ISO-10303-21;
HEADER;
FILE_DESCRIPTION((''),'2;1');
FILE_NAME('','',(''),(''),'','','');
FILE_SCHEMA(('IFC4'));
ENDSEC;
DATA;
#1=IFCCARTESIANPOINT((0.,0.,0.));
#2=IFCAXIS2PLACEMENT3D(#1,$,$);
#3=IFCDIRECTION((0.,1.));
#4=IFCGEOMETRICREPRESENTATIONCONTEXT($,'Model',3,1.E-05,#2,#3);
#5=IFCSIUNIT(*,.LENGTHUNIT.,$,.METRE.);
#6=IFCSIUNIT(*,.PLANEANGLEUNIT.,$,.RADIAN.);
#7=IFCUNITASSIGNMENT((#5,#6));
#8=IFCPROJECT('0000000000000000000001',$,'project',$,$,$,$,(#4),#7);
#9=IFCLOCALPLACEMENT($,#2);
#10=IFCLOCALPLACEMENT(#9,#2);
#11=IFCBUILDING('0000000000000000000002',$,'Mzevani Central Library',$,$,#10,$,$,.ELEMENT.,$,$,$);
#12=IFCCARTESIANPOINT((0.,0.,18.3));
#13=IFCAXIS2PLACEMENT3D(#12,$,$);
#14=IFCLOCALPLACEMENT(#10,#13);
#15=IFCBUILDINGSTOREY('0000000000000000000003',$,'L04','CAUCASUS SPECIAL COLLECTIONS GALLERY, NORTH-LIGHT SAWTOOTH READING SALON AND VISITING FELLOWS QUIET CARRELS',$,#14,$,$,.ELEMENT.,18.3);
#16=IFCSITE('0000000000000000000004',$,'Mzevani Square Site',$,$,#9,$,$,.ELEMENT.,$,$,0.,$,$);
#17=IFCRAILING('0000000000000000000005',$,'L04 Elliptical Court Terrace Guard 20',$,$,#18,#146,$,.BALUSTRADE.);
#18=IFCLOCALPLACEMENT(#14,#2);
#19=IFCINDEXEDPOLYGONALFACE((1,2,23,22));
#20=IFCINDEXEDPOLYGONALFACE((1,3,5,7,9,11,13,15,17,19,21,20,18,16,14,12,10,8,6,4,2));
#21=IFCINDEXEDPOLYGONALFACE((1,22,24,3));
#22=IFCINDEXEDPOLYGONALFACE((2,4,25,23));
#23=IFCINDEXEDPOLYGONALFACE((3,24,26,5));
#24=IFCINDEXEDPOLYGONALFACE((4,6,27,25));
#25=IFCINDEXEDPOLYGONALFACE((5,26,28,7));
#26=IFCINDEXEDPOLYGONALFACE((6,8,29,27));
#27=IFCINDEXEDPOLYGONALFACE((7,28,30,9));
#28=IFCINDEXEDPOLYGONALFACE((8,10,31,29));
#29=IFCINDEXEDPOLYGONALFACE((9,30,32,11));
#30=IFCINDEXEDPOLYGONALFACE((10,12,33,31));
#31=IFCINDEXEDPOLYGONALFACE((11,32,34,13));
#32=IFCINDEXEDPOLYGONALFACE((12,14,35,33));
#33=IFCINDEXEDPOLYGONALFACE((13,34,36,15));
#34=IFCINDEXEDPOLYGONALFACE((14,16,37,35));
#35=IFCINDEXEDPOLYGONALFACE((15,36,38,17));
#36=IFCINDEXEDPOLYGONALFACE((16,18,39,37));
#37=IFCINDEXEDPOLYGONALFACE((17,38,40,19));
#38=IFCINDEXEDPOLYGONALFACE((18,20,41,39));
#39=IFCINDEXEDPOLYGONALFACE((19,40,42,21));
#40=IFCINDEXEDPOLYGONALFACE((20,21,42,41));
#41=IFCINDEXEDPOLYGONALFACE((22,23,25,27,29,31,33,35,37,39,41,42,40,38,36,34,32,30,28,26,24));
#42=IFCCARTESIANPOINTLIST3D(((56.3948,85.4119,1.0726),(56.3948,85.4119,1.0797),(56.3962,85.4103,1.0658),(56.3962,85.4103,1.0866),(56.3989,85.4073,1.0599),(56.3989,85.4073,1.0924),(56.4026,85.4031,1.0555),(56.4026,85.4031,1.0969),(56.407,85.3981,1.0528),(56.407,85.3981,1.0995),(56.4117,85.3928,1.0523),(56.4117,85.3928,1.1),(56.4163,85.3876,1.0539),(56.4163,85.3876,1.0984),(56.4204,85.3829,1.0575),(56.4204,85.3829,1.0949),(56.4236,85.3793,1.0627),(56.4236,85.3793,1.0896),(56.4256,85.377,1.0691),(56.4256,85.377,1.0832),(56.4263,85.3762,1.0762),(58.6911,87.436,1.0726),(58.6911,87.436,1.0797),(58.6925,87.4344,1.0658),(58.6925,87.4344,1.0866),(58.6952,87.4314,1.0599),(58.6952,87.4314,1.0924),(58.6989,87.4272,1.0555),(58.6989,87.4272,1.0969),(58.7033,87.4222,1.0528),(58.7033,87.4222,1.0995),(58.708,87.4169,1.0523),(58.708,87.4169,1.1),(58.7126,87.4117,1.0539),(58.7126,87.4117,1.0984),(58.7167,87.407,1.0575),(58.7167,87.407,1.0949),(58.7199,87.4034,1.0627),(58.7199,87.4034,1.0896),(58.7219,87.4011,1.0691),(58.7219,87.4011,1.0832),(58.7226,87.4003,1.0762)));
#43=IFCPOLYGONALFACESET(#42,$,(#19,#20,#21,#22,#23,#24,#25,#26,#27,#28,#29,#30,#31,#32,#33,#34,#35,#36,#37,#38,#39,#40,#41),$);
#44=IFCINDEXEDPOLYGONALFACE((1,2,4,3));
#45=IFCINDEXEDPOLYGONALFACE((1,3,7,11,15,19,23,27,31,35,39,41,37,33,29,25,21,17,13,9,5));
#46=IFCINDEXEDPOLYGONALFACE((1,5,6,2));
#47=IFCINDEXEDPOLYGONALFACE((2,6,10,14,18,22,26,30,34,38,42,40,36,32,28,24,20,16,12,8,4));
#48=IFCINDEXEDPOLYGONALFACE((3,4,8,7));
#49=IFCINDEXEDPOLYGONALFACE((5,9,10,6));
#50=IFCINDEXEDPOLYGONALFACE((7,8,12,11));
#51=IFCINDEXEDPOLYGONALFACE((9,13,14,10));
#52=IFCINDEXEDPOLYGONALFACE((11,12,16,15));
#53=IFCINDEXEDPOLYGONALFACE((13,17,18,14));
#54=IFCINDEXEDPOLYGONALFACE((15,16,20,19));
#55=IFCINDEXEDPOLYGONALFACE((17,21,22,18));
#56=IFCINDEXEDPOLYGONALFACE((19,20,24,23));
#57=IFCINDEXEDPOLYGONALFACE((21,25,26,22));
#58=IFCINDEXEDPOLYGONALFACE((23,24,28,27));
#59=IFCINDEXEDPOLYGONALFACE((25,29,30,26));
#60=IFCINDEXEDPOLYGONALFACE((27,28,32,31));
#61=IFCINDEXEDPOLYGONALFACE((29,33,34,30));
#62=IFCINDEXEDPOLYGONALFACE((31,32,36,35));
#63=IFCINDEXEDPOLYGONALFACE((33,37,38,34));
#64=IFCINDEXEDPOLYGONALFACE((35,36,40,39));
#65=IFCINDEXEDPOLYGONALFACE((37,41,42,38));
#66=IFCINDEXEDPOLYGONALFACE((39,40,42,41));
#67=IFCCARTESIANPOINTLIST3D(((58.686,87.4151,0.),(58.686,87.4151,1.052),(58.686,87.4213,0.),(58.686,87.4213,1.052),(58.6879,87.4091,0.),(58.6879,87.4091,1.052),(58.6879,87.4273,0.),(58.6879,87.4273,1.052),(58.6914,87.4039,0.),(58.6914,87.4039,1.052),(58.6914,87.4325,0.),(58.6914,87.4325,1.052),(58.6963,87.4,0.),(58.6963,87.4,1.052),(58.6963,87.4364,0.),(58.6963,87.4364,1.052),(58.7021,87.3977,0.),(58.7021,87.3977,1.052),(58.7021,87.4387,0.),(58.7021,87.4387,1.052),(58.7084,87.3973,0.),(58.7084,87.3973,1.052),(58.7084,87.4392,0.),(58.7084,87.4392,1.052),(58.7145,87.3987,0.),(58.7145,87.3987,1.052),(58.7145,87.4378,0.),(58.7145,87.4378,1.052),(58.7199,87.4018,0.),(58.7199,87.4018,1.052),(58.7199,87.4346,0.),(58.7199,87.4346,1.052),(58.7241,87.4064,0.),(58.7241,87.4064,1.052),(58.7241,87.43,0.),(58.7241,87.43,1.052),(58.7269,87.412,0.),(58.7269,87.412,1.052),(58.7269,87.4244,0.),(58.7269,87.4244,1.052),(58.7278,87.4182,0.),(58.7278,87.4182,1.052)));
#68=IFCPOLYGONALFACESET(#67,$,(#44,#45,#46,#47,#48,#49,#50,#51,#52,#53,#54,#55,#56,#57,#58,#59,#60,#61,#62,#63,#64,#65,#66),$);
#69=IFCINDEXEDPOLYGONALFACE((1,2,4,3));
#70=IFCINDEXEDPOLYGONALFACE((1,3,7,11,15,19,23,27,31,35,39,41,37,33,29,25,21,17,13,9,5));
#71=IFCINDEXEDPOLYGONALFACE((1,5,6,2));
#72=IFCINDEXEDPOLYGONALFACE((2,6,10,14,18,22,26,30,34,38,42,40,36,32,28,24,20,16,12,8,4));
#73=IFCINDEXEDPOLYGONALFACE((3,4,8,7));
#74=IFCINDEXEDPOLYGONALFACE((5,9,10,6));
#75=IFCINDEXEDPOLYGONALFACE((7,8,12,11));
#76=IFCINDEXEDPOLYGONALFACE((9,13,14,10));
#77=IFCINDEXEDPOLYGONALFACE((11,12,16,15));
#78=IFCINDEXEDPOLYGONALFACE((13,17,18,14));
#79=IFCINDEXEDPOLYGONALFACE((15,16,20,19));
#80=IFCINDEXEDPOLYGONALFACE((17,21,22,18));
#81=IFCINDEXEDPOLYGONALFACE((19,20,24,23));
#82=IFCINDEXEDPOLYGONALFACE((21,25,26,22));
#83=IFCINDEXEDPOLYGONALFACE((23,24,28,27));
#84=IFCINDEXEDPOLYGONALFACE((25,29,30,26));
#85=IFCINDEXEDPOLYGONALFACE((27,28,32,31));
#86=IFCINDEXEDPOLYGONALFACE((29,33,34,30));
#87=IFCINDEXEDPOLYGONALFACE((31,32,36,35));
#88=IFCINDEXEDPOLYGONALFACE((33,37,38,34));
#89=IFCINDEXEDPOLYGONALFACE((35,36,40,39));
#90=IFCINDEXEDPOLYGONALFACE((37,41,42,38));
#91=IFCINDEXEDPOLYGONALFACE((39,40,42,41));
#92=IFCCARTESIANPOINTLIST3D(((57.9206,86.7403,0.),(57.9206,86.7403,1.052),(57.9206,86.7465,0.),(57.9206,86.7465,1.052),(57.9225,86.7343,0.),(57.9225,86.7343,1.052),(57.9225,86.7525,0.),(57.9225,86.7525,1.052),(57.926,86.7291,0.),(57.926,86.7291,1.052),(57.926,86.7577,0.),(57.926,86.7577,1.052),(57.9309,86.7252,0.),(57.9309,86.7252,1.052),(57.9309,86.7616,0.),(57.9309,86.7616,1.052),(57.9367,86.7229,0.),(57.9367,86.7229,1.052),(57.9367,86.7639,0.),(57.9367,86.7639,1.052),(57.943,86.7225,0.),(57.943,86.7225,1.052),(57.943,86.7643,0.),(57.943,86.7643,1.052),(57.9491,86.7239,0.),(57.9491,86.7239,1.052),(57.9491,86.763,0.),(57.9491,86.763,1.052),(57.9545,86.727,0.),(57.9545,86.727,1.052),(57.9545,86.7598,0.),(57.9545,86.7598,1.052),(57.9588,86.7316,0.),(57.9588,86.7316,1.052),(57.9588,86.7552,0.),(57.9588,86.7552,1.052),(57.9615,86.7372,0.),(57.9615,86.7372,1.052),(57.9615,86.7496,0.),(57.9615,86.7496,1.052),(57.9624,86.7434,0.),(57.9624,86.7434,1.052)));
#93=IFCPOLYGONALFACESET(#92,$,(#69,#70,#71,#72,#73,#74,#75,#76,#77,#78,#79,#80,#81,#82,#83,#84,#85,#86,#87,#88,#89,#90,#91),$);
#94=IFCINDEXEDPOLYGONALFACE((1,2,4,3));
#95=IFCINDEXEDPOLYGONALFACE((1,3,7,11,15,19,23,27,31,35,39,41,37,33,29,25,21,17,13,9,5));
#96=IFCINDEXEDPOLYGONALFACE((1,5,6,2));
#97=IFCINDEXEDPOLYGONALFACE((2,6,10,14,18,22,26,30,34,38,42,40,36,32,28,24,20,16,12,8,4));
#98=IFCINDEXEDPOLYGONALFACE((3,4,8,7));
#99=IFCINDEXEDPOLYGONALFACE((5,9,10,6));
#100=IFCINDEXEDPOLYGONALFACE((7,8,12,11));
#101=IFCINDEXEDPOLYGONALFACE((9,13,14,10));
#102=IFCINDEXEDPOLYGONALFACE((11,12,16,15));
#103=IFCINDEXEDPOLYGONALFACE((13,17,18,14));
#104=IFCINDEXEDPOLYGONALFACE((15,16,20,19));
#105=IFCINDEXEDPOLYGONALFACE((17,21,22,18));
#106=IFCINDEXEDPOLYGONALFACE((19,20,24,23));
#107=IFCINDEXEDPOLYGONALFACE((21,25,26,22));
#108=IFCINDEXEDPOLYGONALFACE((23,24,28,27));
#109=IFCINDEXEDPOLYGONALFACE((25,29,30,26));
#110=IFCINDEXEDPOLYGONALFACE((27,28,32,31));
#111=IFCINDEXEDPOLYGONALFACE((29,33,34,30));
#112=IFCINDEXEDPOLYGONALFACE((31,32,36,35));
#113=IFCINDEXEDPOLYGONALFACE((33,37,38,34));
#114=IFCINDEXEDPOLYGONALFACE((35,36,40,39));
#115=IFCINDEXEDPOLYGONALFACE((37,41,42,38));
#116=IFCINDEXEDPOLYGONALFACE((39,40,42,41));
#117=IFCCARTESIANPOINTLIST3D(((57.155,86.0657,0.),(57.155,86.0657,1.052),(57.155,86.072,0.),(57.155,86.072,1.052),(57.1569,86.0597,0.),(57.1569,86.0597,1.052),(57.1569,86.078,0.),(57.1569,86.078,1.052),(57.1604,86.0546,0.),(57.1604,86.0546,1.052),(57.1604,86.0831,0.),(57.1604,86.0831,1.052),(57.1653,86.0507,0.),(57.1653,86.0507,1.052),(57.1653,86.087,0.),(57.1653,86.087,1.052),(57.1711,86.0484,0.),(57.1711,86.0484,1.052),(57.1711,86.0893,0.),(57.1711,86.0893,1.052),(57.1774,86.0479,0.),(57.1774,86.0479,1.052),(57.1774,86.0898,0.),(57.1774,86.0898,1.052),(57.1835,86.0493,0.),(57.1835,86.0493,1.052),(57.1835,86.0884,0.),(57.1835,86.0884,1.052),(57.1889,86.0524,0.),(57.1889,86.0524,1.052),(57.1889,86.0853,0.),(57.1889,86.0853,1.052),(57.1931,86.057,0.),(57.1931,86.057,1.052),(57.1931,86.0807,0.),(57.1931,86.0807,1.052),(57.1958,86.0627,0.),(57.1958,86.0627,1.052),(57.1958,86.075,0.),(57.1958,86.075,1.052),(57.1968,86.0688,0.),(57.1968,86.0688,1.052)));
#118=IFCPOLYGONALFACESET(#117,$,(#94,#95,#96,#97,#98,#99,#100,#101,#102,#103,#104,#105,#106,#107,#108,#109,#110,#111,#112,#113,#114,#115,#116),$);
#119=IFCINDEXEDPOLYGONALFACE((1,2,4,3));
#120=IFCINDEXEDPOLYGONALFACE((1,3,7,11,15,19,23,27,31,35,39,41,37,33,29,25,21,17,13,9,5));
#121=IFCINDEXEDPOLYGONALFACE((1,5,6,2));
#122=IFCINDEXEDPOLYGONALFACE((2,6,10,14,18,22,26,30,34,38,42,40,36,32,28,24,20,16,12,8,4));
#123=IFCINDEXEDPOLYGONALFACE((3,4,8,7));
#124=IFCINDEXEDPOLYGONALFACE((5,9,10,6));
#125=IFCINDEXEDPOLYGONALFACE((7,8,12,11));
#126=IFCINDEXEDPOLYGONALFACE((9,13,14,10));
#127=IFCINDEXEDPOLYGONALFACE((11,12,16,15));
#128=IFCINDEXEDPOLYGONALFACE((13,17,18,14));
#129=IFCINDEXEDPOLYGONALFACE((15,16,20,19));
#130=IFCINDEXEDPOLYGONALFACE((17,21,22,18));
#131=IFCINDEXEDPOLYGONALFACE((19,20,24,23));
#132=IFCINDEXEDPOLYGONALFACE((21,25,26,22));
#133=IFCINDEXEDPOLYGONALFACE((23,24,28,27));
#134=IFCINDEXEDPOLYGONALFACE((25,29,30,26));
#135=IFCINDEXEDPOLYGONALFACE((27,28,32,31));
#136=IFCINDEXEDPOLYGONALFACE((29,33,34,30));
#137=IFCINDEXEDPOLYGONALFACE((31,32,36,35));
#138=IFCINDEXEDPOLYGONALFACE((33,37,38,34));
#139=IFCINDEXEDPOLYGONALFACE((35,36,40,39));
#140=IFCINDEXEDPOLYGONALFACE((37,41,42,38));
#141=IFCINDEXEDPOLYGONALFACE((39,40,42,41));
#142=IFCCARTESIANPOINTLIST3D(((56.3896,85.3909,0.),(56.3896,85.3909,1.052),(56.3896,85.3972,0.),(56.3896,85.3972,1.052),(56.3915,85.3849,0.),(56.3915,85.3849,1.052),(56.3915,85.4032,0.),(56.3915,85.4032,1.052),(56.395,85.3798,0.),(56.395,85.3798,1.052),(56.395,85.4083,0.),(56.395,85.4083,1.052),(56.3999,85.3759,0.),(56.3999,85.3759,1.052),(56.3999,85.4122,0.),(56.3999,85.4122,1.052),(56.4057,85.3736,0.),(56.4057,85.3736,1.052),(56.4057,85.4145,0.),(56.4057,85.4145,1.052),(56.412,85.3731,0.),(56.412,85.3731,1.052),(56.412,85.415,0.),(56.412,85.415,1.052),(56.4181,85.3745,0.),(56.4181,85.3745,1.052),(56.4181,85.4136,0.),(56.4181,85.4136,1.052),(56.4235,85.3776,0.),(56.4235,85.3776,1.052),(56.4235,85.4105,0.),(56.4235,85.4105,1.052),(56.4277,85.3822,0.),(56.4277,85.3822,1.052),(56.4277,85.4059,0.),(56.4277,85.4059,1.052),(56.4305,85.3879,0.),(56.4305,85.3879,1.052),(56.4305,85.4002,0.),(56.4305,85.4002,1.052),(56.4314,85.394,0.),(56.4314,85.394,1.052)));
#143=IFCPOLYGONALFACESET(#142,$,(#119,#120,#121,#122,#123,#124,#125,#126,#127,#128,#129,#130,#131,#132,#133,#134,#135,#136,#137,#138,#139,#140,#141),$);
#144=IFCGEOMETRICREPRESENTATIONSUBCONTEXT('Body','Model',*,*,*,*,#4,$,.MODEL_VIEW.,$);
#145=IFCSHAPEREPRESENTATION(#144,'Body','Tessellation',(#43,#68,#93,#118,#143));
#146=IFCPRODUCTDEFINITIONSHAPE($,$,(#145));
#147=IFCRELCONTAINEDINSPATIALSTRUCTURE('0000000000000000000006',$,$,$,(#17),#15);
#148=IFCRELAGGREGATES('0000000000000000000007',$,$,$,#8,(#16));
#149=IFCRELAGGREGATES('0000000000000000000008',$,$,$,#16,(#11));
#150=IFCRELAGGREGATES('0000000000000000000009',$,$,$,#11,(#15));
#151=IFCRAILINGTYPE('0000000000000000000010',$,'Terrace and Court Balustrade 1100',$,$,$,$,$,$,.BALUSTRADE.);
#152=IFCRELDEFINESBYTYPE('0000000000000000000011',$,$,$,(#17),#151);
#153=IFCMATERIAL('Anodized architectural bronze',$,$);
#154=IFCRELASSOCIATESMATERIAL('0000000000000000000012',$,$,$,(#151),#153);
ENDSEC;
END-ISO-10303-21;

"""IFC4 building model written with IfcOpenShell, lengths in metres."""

from ifc_helpers import new_model, si_unit, direction, frame, origin, origin_2d, place, context, subcontext, project, spatial, circle, extrude, material, type_object, element, save


model = new_model("IFC4")

# Units and contexts
model_context = context("Model", 3, precision=1e-05, world=origin(), true_north=direction((0.0, 1.0)))
body_context = subcontext(model_context, "Body", "Model", "MODEL_VIEW")
ifc_project = project(units=[si_unit("LENGTHUNIT", "METRE"), si_unit("PLANEANGLEUNIT", "RADIAN")], contexts=[model_context])

# Site, building, storey
site_placement = place(None, origin())
site = spatial("IfcSite", under=ifc_project, at=site_placement, Name="Mzevani Square Site", CompositionType="ELEMENT", RefElevation=0.0)
building_placement = place(site_placement, origin())
building = spatial("IfcBuilding", under=site, at=building_placement, Name="Mzevani Central Library", CompositionType="ELEMENT")
storey_placement = place(building_placement, frame((0.0, 0.0, 18.3)))
storey = spatial("IfcBuildingStorey", under=building, at=storey_placement, Name="L04", Description="CAUCASUS SPECIAL COLLECTIONS GALLERY, NORTH-LIGHT SAWTOOTH READING SALON AND VISITING FELLOWS QUIET CARRELS", CompositionType="ELEMENT", Elevation=18.3)

# Railing
ifc_material_1 = material(Name="Anodized architectural bronze")
railing_type = type_object("IfcRailingType", Name="Terrace and Court Balustrade 1100", PredefinedType="BALUSTRADE", material=ifc_material_1)
railing_1_placement = place(storey_placement, frame((58.7068, 87.4182, 0.0)))
element("IfcRailing", 1, at=railing_1_placement, inside=storey, type_object=railing_type, Name="L04 Elliptical Court Terrace Guard 20", PredefinedType="BALUSTRADE", context=body_context, shape_type="SweptSolid", body=[
    extrude(circle(Radius=0.0239, at=origin_2d()), frame((0.0, 0.0, 1.0762), z_axis=(-0.750171, -0.661244, 0.0), x_axis=(0.661244, -0.750171, 0.0)), (0.0, 0.0, 1.0), 3.061),
    extrude(circle(Radius=0.021, at=origin_2d()), origin(), (0.0, 0.0, 1.0), 1.052),
    extrude(circle(Radius=0.021, at=origin_2d()), frame((-0.7654, -0.6748, 0.0)), (0.0, 0.0, 1.0), 1.052),
    extrude(circle(Radius=0.021, at=origin_2d()), frame((-1.531, -1.3494, 0.0)), (0.0, 0.0, 1.0), 1.052),
    extrude(circle(Radius=0.021, at=origin_2d()), frame((-2.2964, -2.0242, 0.0)), (0.0, 0.0, 1.0), 1.052),
])

save(model, "model.ifc")
